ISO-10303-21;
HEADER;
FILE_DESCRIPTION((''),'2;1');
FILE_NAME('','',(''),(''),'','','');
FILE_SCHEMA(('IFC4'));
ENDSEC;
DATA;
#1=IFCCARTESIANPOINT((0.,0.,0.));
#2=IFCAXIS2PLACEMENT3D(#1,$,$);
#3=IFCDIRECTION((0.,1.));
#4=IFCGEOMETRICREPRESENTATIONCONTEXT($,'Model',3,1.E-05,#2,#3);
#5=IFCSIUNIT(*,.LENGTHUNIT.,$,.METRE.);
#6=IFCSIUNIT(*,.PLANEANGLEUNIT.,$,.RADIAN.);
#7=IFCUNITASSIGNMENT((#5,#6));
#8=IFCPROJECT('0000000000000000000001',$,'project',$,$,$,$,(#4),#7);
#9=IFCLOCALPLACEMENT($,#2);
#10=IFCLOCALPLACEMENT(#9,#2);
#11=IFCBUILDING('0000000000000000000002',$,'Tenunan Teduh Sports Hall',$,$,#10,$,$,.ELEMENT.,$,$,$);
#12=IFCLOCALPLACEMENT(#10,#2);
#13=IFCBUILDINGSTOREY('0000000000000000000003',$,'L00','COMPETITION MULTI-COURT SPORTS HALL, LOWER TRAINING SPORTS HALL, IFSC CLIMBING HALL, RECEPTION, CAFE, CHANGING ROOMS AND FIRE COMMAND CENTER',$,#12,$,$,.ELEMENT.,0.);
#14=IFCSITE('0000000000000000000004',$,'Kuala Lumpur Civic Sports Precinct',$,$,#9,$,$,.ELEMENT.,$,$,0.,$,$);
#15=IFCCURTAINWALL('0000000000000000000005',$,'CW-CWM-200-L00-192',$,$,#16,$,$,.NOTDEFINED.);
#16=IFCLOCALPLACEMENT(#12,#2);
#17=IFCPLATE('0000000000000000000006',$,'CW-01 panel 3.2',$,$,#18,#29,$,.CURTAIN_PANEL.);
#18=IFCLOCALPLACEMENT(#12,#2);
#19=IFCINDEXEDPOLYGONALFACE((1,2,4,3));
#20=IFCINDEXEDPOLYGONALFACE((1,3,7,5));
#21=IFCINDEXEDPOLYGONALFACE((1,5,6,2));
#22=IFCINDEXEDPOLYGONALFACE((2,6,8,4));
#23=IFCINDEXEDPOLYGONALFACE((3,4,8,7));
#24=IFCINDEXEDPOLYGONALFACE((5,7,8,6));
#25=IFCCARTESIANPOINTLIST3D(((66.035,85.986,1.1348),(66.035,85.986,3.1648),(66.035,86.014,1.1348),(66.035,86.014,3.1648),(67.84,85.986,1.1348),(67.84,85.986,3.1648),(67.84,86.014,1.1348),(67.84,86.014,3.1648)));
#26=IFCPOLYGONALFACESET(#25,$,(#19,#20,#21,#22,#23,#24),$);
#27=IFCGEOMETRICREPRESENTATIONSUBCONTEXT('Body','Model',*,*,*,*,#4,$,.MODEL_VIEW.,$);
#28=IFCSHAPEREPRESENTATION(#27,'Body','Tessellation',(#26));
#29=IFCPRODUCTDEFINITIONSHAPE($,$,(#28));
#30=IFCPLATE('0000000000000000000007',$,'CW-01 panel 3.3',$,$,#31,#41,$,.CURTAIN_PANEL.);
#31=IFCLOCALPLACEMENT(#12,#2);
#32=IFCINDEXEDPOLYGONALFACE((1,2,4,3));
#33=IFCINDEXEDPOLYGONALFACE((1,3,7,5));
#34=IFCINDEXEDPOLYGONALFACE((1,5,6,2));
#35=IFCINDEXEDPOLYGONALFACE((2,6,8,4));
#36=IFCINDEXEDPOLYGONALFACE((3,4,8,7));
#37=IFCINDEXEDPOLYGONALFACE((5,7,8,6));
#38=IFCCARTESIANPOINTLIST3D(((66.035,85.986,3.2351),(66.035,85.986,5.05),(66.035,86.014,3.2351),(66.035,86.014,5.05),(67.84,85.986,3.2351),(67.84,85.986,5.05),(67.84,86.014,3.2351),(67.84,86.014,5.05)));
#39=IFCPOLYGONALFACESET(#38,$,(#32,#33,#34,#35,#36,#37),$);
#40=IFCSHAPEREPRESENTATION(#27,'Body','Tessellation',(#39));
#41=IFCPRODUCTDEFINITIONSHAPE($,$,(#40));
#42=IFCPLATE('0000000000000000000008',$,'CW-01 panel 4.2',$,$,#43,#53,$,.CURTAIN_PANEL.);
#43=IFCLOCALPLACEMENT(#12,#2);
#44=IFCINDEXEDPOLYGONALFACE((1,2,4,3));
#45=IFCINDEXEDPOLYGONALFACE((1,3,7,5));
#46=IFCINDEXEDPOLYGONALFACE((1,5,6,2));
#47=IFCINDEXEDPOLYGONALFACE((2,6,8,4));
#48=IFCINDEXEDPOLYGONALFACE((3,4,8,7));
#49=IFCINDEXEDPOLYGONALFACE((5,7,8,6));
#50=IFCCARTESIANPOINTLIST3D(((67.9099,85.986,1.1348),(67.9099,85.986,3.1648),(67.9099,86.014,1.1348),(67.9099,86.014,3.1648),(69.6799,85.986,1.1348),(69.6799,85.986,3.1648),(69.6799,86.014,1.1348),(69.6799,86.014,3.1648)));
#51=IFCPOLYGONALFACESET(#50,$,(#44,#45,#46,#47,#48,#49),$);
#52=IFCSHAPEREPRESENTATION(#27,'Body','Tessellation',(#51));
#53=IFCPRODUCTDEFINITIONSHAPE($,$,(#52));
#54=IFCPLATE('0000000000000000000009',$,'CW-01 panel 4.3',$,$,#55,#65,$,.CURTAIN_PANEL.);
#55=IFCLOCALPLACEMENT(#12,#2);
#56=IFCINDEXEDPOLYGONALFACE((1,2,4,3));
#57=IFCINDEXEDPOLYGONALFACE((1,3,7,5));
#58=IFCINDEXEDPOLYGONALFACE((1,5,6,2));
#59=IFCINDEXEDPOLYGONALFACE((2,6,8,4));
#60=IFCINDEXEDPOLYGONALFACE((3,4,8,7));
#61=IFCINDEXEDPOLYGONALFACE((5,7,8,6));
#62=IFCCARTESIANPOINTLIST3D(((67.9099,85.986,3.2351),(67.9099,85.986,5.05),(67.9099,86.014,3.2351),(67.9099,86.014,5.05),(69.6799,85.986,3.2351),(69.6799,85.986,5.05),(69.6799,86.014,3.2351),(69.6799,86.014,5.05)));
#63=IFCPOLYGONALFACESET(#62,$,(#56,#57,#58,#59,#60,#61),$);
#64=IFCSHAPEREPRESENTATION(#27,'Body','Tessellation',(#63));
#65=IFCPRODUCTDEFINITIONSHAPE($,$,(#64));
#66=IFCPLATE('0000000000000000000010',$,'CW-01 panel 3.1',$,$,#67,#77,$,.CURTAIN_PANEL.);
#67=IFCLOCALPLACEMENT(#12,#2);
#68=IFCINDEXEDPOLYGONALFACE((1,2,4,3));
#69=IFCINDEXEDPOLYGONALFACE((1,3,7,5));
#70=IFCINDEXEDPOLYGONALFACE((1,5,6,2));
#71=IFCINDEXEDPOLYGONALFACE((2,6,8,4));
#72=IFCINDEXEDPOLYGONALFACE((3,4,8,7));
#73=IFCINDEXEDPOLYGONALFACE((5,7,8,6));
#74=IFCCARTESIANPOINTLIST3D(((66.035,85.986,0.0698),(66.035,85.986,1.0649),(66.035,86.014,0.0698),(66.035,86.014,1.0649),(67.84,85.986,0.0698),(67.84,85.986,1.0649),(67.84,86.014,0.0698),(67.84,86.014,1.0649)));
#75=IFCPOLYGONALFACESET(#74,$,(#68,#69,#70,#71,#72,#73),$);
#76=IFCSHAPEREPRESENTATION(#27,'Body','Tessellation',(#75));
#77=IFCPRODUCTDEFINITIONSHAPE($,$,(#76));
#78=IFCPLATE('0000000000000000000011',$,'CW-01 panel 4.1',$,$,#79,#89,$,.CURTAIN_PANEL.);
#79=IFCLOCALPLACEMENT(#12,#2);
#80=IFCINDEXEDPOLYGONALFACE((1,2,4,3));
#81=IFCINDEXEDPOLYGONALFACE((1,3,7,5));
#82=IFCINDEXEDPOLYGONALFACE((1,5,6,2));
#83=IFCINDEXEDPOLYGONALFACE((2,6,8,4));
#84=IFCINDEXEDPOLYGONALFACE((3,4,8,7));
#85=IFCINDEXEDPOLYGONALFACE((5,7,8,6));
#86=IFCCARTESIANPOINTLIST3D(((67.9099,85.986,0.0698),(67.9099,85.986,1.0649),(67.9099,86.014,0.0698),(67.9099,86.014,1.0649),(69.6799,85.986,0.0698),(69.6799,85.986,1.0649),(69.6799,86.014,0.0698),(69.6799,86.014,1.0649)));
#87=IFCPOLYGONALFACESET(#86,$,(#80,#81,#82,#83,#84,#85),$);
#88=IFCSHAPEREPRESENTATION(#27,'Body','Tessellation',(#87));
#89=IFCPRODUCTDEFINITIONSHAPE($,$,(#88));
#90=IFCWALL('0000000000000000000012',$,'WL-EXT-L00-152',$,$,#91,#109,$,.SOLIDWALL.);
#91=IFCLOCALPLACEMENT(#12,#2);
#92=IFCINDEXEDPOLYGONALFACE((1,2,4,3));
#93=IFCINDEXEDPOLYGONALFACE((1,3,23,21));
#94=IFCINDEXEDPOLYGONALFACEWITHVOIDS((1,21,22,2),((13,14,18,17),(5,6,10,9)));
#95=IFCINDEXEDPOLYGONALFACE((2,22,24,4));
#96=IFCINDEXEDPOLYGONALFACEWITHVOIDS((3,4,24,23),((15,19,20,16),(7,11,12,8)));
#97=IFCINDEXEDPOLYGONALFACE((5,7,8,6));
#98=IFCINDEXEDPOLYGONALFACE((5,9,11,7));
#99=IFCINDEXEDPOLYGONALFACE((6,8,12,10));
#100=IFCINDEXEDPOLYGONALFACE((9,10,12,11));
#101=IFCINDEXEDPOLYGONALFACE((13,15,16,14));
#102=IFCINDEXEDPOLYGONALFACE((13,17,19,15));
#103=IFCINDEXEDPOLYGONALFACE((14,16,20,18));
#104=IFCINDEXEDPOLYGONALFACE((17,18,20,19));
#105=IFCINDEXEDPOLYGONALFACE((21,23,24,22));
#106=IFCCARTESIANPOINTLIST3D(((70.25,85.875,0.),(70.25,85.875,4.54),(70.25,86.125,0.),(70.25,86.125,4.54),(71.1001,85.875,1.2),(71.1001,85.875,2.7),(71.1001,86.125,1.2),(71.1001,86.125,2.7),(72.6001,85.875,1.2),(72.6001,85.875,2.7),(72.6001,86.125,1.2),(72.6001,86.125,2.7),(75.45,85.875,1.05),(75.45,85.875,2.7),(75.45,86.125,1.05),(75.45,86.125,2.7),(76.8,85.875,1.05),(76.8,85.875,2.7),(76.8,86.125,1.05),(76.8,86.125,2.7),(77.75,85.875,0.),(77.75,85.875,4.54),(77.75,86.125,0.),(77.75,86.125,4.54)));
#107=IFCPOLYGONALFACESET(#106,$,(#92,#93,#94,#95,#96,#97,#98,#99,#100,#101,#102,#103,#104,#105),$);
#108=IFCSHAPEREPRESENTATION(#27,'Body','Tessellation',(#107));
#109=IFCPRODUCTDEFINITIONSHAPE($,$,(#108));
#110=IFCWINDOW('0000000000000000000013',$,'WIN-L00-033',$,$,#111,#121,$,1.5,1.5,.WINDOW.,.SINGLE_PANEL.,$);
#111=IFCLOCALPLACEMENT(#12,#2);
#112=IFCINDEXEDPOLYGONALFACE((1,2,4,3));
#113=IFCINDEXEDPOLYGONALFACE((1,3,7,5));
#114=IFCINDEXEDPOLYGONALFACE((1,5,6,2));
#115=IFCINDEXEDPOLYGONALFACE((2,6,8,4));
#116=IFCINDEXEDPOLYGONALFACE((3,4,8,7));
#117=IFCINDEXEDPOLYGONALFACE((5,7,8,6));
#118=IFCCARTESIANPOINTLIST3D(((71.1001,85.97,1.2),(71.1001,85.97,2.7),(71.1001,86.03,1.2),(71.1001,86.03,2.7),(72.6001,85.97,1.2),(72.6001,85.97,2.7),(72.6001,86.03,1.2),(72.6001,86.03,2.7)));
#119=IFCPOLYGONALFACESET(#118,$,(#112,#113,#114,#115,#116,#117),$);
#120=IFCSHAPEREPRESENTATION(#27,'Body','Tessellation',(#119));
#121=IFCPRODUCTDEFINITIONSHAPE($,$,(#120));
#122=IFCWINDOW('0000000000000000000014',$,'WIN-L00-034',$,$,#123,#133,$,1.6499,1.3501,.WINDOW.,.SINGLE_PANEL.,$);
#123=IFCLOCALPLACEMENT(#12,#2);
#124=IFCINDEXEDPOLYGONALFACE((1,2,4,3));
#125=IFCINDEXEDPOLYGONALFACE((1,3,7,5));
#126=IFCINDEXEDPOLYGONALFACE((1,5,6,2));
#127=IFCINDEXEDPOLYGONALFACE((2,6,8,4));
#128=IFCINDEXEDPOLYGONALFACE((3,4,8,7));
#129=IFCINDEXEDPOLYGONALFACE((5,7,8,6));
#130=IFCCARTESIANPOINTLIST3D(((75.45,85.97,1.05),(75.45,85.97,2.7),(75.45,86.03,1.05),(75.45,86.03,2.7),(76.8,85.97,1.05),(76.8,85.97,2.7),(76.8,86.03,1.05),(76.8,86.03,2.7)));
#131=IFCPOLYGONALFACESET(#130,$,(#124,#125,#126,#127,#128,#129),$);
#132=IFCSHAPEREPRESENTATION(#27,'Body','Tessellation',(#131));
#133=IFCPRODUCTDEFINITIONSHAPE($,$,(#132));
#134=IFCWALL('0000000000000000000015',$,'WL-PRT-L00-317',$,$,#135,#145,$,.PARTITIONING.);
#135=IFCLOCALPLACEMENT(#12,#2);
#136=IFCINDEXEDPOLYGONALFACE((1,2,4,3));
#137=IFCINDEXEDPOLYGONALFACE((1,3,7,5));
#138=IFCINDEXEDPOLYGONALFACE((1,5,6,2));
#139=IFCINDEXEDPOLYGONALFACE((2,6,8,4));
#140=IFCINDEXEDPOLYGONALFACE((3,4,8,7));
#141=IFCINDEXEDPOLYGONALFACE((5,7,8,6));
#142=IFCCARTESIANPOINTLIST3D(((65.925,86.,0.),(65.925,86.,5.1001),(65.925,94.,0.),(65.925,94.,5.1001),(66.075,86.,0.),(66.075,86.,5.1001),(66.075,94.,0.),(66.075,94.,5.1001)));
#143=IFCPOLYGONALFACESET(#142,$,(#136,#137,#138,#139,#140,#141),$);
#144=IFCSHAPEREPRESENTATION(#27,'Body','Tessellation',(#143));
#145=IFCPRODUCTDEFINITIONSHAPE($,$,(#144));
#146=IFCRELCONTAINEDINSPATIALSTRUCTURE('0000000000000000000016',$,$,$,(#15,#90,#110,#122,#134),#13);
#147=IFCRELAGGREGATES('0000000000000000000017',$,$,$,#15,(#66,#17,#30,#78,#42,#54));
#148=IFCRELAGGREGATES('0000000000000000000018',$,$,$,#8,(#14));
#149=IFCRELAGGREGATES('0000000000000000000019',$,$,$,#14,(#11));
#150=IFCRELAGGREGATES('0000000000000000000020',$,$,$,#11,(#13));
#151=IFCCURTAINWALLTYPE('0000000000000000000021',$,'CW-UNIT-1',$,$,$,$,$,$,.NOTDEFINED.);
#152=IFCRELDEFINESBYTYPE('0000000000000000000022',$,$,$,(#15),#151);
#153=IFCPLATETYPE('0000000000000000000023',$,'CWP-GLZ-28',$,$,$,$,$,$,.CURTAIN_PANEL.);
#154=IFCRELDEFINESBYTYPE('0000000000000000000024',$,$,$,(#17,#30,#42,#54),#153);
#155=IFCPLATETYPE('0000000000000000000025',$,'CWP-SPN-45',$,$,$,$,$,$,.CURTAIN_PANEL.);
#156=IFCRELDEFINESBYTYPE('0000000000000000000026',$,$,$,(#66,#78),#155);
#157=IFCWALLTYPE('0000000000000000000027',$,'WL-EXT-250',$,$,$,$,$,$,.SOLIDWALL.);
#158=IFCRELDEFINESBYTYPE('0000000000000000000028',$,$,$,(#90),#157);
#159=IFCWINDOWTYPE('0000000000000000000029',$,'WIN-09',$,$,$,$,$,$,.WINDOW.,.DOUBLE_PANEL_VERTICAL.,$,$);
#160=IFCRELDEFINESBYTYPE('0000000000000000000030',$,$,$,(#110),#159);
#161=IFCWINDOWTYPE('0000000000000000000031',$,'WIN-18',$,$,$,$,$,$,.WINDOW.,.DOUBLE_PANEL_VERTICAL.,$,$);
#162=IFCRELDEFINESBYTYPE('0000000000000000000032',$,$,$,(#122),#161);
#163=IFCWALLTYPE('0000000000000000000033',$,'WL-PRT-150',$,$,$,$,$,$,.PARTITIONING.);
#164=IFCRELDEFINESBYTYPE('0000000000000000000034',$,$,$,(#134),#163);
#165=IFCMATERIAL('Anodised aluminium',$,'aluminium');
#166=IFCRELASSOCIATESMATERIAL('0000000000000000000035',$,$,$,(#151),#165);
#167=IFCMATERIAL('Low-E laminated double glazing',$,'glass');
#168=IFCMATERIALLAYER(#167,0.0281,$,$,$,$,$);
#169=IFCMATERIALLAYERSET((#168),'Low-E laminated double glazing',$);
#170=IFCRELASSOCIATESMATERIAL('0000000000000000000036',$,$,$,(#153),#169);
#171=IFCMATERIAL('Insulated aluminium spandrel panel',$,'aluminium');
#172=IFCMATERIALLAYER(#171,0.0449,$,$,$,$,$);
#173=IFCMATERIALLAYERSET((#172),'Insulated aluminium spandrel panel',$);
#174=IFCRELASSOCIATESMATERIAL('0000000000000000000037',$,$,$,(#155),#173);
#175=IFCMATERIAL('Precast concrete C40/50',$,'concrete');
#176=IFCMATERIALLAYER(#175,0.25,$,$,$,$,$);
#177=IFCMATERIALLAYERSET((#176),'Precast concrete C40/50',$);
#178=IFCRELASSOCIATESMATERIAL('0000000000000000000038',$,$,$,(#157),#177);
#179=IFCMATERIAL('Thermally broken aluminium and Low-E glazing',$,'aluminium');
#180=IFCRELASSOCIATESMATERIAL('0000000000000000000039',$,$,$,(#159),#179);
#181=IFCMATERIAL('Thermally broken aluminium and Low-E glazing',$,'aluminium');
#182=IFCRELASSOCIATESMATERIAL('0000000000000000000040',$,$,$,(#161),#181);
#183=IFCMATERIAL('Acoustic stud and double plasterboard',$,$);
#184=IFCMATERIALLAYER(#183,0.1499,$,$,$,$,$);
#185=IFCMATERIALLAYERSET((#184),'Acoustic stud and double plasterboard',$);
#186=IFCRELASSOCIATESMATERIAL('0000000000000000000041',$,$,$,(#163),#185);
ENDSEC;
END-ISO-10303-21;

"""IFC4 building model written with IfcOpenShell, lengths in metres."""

from ifc_helpers import new_model, si_unit, direction, frame, frame_2d, origin, origin_2d, place, context, subcontext, project, spatial, rectangle, extrude, material, layer, layer_set, type_object, element, fill, aggregate, save


model = new_model("IFC4")

# Units and contexts
model_context = context("Model", 3, precision=1e-05, world=origin(), true_north=direction((0.0, 1.0)))
body_context = subcontext(model_context, "Body", "Model", "MODEL_VIEW")
ifc_project = project(units=[si_unit("LENGTHUNIT", "METRE"), si_unit("PLANEANGLEUNIT", "RADIAN")], contexts=[model_context])

# Site, building, storey
site_placement = place(None, origin())
site = spatial("IfcSite", under=ifc_project, at=site_placement, Name="Kuala Lumpur Civic Sports Precinct", CompositionType="ELEMENT", RefElevation=0.0)
building_placement = place(site_placement, origin())
building = spatial("IfcBuilding", under=site, at=building_placement, Name="Tenunan Teduh Sports Hall", CompositionType="ELEMENT")
storey_placement = place(building_placement, origin())
storey = spatial("IfcBuildingStorey", under=building, at=storey_placement, Name="L00", Description="COMPETITION MULTI-COURT SPORTS HALL, LOWER TRAINING SPORTS HALL, IFSC CLIMBING HALL, RECEPTION, CAFE, CHANGING ROOMS AND FIRE COMMAND CENTER", CompositionType="ELEMENT", Elevation=0.0)

# Curtain wall, plates
ifc_material_1 = material(Name="Anodised aluminium", Category="aluminium")
curtain_wall_type = type_object("IfcCurtainWallType", Name="CW-UNIT-1", PredefinedType="NOTDEFINED", material=ifc_material_1)
curtain_wall_placement = place(storey_placement, origin())
curtain_wall = element("IfcCurtainWall", 1, at=curtain_wall_placement, inside=storey, type_object=curtain_wall_type, Name="CW-CWM-200-L00-192", PredefinedType="NOTDEFINED")
ifc_material_2 = material(Name="Low-E laminated double glazing", Category="glass")
ifc_layer_1 = layer(ifc_material_2, 0.0281)
ifc_layer_set_1 = layer_set([ifc_layer_1], Name="Low-E laminated double glazing")
plate_type_1 = type_object("IfcPlateType", Name="CWP-GLZ-28", PredefinedType="CURTAIN_PANEL", material=ifc_layer_set_1)
plate_1_placement = place(storey_placement, frame((66.9375, 86.0, 1.1348), z_axis=(0.0, 0.0, 1.0), x_axis=(1.0, 0.0, 0.0)))
plate_1 = element("IfcPlate", 2, at=plate_1_placement, type_object=plate_type_1, Name="CW-01 panel 3.2", PredefinedType="CURTAIN_PANEL", context=body_context, shape_type="SweptSolid", body=[
    extrude(rectangle(XDim=1.8049, YDim=0.0281, at=origin_2d()), origin(), (0.0, 0.0, 1.0), 2.03),
])
plate_2_placement = place(storey_placement, frame((66.9375, 86.0, 3.2351), z_axis=(0.0, 0.0, 1.0), x_axis=(1.0, 0.0, 0.0)))
plate_2 = element("IfcPlate", 3, at=plate_2_placement, type_object=plate_type_1, Name="CW-01 panel 3.3", PredefinedType="CURTAIN_PANEL", context=body_context, shape_type="SweptSolid", body=[
    extrude(rectangle(XDim=1.8049, YDim=0.0281, at=origin_2d()), origin(), (0.0, 0.0, 1.0), 1.8149),
])
plate_3_placement = place(storey_placement, frame((68.7949, 86.0, 1.1348), z_axis=(0.0, 0.0, 1.0), x_axis=(1.0, 0.0, 0.0)))
plate_3 = element("IfcPlate", 4, at=plate_3_placement, type_object=plate_type_1, Name="CW-01 panel 4.2", PredefinedType="CURTAIN_PANEL", context=body_context, shape_type="SweptSolid", body=[
    extrude(rectangle(XDim=1.77, YDim=0.0281, at=origin_2d()), origin(), (0.0, 0.0, 1.0), 2.03),
])
plate_4_placement = place(storey_placement, frame((68.7949, 86.0, 3.2351), z_axis=(0.0, 0.0, 1.0), x_axis=(1.0, 0.0, 0.0)))
plate_4 = element("IfcPlate", 5, at=plate_4_placement, type_object=plate_type_1, Name="CW-01 panel 4.3", PredefinedType="CURTAIN_PANEL", context=body_context, shape_type="SweptSolid", body=[
    extrude(rectangle(XDim=1.77, YDim=0.0281, at=origin_2d()), origin(), (0.0, 0.0, 1.0), 1.8149),
])
ifc_material_3 = material(Name="Insulated aluminium spandrel panel", Category="aluminium")
ifc_layer_2 = layer(ifc_material_3, 0.0449)
ifc_layer_set_2 = layer_set([ifc_layer_2], Name="Insulated aluminium spandrel panel")
plate_type_2 = type_object("IfcPlateType", Name="CWP-SPN-45", PredefinedType="CURTAIN_PANEL", material=ifc_layer_set_2)
plate_5_placement = place(storey_placement, frame((66.9375, 86.0, 0.0698), z_axis=(0.0, 0.0, 1.0), x_axis=(1.0, 0.0, 0.0)))
plate_5 = element("IfcPlate", 6, at=plate_5_placement, type_object=plate_type_2, Name="CW-01 panel 3.1", PredefinedType="CURTAIN_PANEL", context=body_context, shape_type="SweptSolid", body=[
    extrude(rectangle(XDim=1.8049, YDim=0.0281, at=origin_2d()), origin(), (0.0, 0.0, 1.0), 0.9951),
])
plate_6_placement = place(storey_placement, frame((68.7949, 86.0, 0.0698), z_axis=(0.0, 0.0, 1.0), x_axis=(1.0, 0.0, 0.0)))
plate_6 = element("IfcPlate", 7, at=plate_6_placement, type_object=plate_type_2, Name="CW-01 panel 4.1", PredefinedType="CURTAIN_PANEL", context=body_context, shape_type="SweptSolid", body=[
    extrude(rectangle(XDim=1.77, YDim=0.0281, at=origin_2d()), origin(), (0.0, 0.0, 1.0), 0.9951),
])
aggregate(curtain_wall, [plate_5, plate_1, plate_2, plate_6, plate_3, plate_4])

# Wall, openings, windows
ifc_material_4 = material(Name="Precast concrete C40/50", Category="concrete")
ifc_layer_3 = layer(ifc_material_4, 0.25)
ifc_layer_set_3 = layer_set([ifc_layer_3], Name="Precast concrete C40/50")
wall_type_1 = type_object("IfcWallType", Name="WL-EXT-250", PredefinedType="SOLIDWALL", material=ifc_layer_set_3)
wall_1_placement = place(storey_placement, frame((70.25, 86.0, 0.0), z_axis=(0.0, 0.0, 1.0), x_axis=(1.0, 0.0, 0.0)))
wall_1 = element("IfcWall", 8, at=wall_1_placement, inside=storey, type_object=wall_type_1, Name="WL-EXT-L00-152", PredefinedType="SOLIDWALL", context=body_context, shape_type="SweptSolid", body=[
    extrude(rectangle(XDim=7.5, YDim=0.25, at=frame_2d((3.75, 0.0))), origin(), (0.0, 0.0, 1.0), 4.54),
])
opening_1_placement = place(wall_1_placement, frame((0.8501, 0.0, 1.2)))
opening_1 = element("IfcOpeningElement", 9, at=opening_1_placement, cuts=wall_1, PredefinedType="OPENING", context=body_context, shape_type="SweptSolid", body=[
    extrude(rectangle(XDim=1.5, YDim=1.5, at=frame_2d((0.75, 0.75))), frame((0.0, 0.135, 0.0), z_axis=(0.0, -1.0, 0.0), x_axis=(1.0, 0.0, 0.0)), (0.0, 0.0, 1.0), 0.27),
])
opening_2_placement = place(wall_1_placement, frame((5.2, 0.0, 1.05)))
opening_2 = element("IfcOpeningElement", 10, at=opening_2_placement, cuts=wall_1, PredefinedType="OPENING", context=body_context, shape_type="SweptSolid", body=[
    extrude(rectangle(XDim=1.3501, YDim=1.6499, at=frame_2d((0.675, 0.825))), frame((0.0, 0.135, 0.0), z_axis=(0.0, -1.0, 0.0), x_axis=(1.0, 0.0, 0.0)), (0.0, 0.0, 1.0), 0.27),
])
ifc_material_5 = material(Name="Thermally broken aluminium and Low-E glazing", Category="aluminium")
window_type_1 = type_object("IfcWindowType", Name="WIN-09", PartitioningType="DOUBLE_PANEL_VERTICAL", PredefinedType="WINDOW", material=ifc_material_5)
window_1_placement = place(opening_1_placement, origin())
window_1 = element("IfcWindow", 11, at=window_1_placement, inside=storey, type_object=window_type_1, Name="WIN-L00-033", OverallHeight=1.5, OverallWidth=1.5, PartitioningType="SINGLE_PANEL", PredefinedType="WINDOW", context=body_context, shape_type="SweptSolid", body=[
    extrude(rectangle(XDim=1.5, YDim=1.5, at=frame_2d((0.75, 0.75))), frame((0.0, 0.03, 0.0), z_axis=(0.0, -1.0, 0.0), x_axis=(1.0, 0.0, 0.0)), (0.0, 0.0, 1.0), 0.0601),
])
fill(opening_1, window_1)
ifc_material_6 = material(Name="Thermally broken aluminium and Low-E glazing", Category="aluminium")
window_type_2 = type_object("IfcWindowType", Name="WIN-18", PartitioningType="DOUBLE_PANEL_VERTICAL", PredefinedType="WINDOW", material=ifc_material_6)
window_2_placement = place(opening_2_placement, origin())
window_2 = element("IfcWindow", 12, at=window_2_placement, inside=storey, type_object=window_type_2, Name="WIN-L00-034", OverallHeight=1.6499, OverallWidth=1.3501, PartitioningType="SINGLE_PANEL", PredefinedType="WINDOW", context=body_context, shape_type="SweptSolid", body=[
    extrude(rectangle(XDim=1.3501, YDim=1.6499, at=frame_2d((0.675, 0.825))), frame((0.0, 0.03, 0.0), z_axis=(0.0, -1.0, 0.0), x_axis=(1.0, 0.0, 0.0)), (0.0, 0.0, 1.0), 0.0601),
])
fill(opening_2, window_2)

# Wall
ifc_material_7 = material(Name="Acoustic stud and double plasterboard")
ifc_layer_4 = layer(ifc_material_7, 0.1499)
ifc_layer_set_4 = layer_set([ifc_layer_4], Name="Acoustic stud and double plasterboard")
wall_type_2 = type_object("IfcWallType", Name="WL-PRT-150", PredefinedType="PARTITIONING", material=ifc_layer_set_4)
wall_2_placement = place(storey_placement, frame((66.0, 86.0, 0.0), z_axis=(0.0, 0.0, 1.0), x_axis=(0.0, 1.0, 0.0)))
element("IfcWall", 13, at=wall_2_placement, inside=storey, type_object=wall_type_2, Name="WL-PRT-L00-317", PredefinedType="PARTITIONING", context=body_context, shape_type="SweptSolid", body=[
    extrude(rectangle(XDim=8.0, YDim=0.1499, at=frame_2d((4.0, 0.0))), origin(), (0.0, 0.0, 1.0), 5.1001),
])

save(model, "model.ifc")
